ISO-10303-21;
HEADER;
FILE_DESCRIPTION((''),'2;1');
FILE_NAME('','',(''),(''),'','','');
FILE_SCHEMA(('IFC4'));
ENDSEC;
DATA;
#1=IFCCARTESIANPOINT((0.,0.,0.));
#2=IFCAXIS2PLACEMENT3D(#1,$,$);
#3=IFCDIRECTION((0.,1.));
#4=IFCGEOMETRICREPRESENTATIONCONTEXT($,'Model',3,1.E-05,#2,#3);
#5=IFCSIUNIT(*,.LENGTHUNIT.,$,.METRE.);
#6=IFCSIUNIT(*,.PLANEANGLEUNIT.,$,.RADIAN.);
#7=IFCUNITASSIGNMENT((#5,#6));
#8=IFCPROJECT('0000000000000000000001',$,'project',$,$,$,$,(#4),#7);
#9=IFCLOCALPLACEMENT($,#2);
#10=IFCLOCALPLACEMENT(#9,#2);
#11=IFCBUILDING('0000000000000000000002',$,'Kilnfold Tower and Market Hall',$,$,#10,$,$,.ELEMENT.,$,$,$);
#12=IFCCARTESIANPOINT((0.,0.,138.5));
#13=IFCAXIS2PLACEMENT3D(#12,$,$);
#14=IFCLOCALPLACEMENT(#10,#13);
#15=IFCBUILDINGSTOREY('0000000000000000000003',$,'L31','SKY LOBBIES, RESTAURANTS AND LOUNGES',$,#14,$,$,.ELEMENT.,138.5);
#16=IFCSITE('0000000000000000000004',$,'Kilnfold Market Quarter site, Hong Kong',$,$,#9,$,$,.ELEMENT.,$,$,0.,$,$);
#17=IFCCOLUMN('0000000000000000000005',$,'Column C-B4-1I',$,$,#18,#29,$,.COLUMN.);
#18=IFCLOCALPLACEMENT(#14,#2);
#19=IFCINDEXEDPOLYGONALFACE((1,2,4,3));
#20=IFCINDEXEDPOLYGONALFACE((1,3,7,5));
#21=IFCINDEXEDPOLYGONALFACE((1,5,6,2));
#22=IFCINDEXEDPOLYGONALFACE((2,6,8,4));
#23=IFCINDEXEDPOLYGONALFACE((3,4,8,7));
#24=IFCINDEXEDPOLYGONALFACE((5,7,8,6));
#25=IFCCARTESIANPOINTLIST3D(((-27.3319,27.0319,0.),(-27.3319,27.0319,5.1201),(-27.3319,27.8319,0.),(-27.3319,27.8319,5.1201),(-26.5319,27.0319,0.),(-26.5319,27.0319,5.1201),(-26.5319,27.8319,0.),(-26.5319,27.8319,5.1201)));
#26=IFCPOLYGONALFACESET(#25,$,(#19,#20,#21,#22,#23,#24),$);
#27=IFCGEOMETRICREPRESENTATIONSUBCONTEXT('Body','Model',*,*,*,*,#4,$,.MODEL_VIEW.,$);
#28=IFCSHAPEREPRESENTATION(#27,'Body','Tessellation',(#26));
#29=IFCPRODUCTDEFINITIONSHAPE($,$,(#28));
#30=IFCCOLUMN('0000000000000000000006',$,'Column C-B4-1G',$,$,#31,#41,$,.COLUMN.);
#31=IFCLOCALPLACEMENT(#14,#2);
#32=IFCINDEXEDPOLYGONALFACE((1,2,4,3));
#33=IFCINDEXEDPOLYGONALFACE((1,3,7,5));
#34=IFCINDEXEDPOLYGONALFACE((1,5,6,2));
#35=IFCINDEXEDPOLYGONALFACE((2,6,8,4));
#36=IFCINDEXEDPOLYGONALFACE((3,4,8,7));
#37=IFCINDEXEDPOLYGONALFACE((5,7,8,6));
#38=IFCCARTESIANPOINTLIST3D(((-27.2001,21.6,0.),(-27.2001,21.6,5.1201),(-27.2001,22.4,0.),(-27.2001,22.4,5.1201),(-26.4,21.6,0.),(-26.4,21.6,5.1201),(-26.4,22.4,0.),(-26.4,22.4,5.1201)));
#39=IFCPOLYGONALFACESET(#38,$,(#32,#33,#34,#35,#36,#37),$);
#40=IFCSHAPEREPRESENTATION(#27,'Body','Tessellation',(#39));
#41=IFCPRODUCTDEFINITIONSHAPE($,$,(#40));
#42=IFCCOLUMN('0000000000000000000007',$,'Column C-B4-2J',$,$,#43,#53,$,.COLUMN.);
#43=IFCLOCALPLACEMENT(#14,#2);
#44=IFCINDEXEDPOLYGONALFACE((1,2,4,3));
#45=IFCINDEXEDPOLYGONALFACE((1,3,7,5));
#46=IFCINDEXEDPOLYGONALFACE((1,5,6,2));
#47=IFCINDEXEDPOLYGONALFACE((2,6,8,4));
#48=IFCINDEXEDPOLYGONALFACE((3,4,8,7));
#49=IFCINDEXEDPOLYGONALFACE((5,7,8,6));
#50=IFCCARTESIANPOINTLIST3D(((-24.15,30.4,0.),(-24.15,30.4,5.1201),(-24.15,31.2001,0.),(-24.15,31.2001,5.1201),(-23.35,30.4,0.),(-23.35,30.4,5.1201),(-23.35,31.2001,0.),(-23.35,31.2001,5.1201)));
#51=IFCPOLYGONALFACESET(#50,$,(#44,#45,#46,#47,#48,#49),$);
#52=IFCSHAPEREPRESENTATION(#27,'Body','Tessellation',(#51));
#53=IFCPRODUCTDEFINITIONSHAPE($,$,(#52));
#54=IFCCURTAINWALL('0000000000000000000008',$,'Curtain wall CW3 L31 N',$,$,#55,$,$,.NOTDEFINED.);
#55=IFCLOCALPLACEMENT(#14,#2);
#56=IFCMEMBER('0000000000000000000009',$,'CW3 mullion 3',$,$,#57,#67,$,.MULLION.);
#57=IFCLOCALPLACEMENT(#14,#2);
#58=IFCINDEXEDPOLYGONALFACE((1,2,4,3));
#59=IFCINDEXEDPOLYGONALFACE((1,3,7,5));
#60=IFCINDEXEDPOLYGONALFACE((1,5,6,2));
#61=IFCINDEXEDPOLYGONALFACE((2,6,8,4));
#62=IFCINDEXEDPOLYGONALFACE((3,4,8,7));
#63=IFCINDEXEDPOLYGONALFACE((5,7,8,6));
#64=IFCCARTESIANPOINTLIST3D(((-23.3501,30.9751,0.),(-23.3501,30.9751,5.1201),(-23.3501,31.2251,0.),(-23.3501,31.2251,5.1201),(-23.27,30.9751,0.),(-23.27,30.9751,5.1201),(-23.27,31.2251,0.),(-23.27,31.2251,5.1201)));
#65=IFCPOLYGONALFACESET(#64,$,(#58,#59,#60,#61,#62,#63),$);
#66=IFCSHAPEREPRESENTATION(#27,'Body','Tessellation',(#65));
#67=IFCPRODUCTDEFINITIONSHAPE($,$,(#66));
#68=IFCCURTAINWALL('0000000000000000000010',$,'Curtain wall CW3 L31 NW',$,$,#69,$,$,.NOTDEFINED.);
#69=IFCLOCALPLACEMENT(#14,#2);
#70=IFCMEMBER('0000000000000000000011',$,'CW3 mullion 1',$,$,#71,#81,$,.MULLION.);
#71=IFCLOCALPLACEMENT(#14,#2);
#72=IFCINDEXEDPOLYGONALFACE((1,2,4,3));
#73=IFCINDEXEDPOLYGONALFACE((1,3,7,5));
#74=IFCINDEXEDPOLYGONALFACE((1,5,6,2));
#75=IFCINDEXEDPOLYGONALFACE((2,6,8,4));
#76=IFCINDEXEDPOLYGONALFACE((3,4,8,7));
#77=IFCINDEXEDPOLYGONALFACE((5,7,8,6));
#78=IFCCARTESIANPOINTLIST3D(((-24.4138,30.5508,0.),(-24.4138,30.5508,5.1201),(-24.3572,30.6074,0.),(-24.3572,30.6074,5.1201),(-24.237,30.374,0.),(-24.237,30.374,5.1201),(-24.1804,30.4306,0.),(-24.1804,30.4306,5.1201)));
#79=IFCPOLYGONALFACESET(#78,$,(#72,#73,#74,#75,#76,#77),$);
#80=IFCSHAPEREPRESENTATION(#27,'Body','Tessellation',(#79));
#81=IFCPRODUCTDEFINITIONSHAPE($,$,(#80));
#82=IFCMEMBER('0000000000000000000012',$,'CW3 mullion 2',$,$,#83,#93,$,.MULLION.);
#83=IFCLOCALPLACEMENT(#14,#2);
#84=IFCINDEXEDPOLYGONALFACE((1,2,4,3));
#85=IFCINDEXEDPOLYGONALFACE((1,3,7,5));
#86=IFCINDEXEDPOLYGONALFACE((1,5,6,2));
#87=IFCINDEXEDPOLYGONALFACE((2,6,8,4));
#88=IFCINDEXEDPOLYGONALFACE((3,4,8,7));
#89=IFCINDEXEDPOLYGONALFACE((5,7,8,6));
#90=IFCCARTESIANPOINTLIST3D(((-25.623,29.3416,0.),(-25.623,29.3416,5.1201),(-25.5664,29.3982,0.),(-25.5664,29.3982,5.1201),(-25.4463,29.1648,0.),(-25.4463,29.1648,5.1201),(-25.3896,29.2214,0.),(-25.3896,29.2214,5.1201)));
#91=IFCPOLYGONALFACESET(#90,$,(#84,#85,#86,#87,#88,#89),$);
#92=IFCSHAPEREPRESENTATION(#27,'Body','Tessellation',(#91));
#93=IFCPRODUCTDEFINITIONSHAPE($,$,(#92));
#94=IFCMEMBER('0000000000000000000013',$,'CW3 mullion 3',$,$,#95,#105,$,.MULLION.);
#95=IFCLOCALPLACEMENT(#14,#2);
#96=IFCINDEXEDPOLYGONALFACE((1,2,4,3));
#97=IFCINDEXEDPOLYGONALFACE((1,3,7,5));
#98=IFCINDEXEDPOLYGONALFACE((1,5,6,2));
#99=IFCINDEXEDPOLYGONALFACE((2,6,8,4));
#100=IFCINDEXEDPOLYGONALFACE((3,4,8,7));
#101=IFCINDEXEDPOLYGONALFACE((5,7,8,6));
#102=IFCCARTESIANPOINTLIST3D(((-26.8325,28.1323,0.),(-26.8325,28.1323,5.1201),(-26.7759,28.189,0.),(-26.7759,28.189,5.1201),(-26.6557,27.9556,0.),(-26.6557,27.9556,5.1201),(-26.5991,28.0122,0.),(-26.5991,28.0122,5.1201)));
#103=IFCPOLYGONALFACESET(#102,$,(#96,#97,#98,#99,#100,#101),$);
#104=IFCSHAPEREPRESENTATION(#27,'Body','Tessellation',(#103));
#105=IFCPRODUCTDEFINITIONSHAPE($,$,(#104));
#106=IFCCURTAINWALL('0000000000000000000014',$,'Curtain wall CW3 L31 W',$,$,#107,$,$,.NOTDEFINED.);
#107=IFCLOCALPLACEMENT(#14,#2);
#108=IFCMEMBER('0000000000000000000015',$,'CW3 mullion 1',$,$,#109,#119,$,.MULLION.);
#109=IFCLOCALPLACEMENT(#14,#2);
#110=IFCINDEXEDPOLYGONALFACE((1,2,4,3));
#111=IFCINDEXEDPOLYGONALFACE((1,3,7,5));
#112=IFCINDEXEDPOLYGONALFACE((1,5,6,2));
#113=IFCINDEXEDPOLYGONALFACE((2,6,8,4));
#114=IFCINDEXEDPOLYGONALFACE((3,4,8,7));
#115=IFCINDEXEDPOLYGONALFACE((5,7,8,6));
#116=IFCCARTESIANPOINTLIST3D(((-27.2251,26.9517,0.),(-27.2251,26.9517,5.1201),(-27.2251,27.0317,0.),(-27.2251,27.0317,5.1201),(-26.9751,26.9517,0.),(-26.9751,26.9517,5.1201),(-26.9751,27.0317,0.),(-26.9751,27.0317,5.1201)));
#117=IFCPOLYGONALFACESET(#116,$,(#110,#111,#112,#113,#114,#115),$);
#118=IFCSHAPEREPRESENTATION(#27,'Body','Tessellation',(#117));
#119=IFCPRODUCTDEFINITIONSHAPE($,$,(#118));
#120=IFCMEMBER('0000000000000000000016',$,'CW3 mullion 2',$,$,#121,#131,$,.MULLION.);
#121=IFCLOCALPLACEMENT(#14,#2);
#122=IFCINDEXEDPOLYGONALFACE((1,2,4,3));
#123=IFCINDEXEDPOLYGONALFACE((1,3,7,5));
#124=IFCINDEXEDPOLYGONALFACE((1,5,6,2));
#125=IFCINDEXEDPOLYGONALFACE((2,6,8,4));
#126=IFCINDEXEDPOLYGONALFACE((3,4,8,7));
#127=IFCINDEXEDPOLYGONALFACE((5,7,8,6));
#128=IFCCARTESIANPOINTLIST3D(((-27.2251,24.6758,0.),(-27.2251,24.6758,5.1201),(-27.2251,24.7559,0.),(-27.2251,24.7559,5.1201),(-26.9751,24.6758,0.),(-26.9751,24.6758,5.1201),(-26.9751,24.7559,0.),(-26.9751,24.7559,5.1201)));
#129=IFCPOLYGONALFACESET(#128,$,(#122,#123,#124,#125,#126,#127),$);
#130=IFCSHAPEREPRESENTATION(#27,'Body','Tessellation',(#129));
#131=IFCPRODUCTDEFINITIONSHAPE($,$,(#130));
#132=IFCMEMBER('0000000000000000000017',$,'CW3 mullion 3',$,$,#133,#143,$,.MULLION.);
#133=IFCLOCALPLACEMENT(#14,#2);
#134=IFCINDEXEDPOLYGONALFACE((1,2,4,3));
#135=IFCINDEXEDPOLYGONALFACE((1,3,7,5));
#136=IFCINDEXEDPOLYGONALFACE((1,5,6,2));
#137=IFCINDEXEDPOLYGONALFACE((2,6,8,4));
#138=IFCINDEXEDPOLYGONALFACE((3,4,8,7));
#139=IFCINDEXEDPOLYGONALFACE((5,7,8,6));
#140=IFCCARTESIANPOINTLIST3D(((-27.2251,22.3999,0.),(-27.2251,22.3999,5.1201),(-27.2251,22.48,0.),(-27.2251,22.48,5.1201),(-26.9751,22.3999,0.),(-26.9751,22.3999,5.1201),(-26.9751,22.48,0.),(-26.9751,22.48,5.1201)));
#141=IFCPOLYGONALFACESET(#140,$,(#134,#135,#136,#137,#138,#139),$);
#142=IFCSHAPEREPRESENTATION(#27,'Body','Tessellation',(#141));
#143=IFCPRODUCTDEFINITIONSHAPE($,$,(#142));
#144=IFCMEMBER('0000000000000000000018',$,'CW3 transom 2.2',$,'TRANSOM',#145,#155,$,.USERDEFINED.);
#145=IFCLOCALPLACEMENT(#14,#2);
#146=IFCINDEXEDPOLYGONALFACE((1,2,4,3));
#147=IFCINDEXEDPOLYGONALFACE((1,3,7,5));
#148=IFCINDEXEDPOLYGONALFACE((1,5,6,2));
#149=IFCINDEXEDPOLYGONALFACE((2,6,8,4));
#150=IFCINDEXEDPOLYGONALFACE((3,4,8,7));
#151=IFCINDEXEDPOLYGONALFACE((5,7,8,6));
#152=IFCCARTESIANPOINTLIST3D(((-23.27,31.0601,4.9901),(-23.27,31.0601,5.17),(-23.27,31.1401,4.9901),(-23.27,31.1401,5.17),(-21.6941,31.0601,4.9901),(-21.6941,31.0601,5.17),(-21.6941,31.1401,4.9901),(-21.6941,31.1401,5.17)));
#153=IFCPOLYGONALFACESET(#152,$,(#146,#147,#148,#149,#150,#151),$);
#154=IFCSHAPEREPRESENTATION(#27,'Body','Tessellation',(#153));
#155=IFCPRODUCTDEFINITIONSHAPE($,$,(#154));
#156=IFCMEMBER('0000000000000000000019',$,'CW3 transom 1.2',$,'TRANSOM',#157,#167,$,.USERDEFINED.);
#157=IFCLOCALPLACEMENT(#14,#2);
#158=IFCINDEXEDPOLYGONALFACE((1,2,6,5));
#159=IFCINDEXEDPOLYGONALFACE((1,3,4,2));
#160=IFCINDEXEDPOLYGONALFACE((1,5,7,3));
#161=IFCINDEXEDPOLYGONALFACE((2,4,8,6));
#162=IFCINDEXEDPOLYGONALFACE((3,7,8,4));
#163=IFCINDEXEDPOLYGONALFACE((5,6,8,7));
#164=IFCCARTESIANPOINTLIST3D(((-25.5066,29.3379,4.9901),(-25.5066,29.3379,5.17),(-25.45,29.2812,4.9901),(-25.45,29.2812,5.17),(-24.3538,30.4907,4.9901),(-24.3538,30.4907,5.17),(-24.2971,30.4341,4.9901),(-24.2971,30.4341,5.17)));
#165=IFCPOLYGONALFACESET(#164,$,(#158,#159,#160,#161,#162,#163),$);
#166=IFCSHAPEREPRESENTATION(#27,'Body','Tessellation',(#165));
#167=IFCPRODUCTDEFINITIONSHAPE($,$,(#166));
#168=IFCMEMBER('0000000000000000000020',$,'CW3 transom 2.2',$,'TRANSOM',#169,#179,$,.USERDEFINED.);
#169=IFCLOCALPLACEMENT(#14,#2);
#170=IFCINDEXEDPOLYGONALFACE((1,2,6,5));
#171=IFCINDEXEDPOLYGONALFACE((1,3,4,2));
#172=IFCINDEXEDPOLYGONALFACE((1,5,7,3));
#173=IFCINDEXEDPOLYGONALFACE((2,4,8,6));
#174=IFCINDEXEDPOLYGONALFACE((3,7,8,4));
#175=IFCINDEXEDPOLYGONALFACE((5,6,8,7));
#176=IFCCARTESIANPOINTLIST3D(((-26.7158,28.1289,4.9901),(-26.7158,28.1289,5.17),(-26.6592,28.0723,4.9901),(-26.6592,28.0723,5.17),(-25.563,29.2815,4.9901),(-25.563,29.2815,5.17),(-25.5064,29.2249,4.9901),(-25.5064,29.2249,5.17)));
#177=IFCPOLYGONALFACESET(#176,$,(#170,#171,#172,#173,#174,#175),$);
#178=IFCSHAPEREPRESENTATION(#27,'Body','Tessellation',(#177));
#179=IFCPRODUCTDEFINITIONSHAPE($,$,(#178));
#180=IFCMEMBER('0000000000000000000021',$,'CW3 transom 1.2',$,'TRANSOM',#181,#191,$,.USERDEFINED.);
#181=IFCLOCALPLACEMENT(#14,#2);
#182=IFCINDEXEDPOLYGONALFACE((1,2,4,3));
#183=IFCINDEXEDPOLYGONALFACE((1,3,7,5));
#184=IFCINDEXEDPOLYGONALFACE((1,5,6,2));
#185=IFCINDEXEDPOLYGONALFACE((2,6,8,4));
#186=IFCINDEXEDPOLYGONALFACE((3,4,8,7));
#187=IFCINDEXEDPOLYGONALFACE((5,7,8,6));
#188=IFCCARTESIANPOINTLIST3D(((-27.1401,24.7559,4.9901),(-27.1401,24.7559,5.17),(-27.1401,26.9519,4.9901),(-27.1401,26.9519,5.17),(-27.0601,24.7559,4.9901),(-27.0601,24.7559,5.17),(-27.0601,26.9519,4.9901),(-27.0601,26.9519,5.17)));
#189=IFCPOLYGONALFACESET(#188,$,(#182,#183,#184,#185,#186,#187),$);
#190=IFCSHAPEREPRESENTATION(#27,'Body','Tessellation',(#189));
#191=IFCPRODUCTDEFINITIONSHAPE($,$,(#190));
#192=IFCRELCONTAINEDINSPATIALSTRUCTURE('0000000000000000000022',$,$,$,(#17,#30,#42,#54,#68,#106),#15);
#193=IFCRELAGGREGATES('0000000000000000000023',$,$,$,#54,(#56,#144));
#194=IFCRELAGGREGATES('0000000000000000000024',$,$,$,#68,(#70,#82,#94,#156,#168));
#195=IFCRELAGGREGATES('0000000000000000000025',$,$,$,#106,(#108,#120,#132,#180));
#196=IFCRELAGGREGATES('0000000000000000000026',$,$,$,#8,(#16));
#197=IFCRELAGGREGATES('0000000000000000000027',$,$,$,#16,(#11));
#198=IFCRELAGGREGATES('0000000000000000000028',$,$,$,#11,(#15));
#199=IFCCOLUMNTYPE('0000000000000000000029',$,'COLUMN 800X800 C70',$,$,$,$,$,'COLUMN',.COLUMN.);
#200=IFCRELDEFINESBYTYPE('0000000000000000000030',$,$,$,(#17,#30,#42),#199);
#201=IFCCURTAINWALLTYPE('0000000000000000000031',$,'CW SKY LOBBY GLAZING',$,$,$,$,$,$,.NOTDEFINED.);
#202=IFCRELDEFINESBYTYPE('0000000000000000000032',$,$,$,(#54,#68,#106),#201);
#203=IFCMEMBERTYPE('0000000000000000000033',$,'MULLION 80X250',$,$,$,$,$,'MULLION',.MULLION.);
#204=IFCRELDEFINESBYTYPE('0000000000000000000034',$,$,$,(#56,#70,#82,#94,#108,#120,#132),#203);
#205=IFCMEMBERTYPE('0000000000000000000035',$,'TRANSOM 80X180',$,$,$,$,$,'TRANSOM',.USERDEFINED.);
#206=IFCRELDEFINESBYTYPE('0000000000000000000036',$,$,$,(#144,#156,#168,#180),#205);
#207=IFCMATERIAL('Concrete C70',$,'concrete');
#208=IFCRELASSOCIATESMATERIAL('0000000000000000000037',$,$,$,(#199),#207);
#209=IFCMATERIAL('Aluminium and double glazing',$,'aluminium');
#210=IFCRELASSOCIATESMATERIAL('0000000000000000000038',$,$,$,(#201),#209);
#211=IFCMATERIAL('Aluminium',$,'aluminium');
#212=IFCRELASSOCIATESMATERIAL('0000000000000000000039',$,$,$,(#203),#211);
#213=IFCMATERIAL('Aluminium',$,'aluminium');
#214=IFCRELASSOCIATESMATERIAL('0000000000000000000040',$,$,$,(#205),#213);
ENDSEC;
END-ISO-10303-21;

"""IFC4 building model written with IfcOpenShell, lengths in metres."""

from ifc_helpers import new_model, si_unit, direction, frame, origin, origin_2d, place, context, subcontext, project, spatial, rectangle, extrude, source, transform, mapped, material, material_profile, profile_set, type_object, element, aggregate, save


model = new_model("IFC4")

# Units and contexts
model_context = context("Model", 3, precision=1e-05, world=origin(), true_north=direction((0.0, 1.0)))
body_context = subcontext(model_context, "Body", "Model", "MODEL_VIEW")
ifc_project = project(units=[si_unit("LENGTHUNIT", "METRE"), si_unit("PLANEANGLEUNIT", "RADIAN")], contexts=[model_context])

# Site, building, storey
site_placement = place(None, origin())
site = spatial("IfcSite", under=ifc_project, at=site_placement, Name="Kilnfold Market Quarter site, Hong Kong", CompositionType="ELEMENT", RefElevation=0.0)
building_placement = place(site_placement, origin())
building = spatial("IfcBuilding", under=site, at=building_placement, Name="Kilnfold Tower and Market Hall", CompositionType="ELEMENT")
storey_placement = place(building_placement, frame((0.0, 0.0, 138.5)))
storey = spatial("IfcBuildingStorey", under=building, at=storey_placement, Name="L31", Description="SKY LOBBIES, RESTAURANTS AND LOUNGES", CompositionType="ELEMENT", Elevation=138.5)

# Columns
ifc_material_1 = material(Name="Concrete C70", Category="concrete")
ifc_material_profile_1 = material_profile(ifc_material_1, rectangle(XDim=0.8, YDim=0.8, at=origin_2d()), Name="RC 800x800")
ifc_profile_set_1 = profile_set([ifc_material_profile_1], Name="Concrete C70")
column_type = type_object("IfcColumnType", Name="COLUMN 800X800 C70", ElementType="COLUMN", PredefinedType="COLUMN", material=ifc_profile_set_1)
shared_shape_1 = source(origin(), body_context, "Body", "SweptSolid", [
    extrude(rectangle(XDim=0.8, YDim=0.8, at=origin_2d()), origin(), (0.0, 0.0, 1.0), 5.1201),
])
for number, where, z_axis, x_axis, name in (
    (1, (-26.9319, 27.4319, 0.0), (0.0, 0.0, 1.0), (1.0, 0.0, 0.0), "Column C-B4-1I"),
    (2, (-26.8, 22.0, 0.0), (0.0, 0.0, 1.0), (1.0, 0.0, 0.0), "Column C-B4-1G"),
    (3, (-23.75, 30.8, 0.0), (0.0, 0.0, 1.0), (1.0, 0.0, 0.0), "Column C-B4-2J"),
):
    element("IfcColumn", number, at=place(storey_placement, frame(where, z_axis=z_axis, x_axis=x_axis)), inside=storey, type_object=column_type, Name=name, PredefinedType="COLUMN", context=body_context, shape_type="MappedRepresentation", body=[
        mapped(shared_shape_1, transform((0.0, 0.0, 0.0))),
    ])

# Curtain wall, member
ifc_material_2 = material(Name="Aluminium and double glazing", Category="aluminium")
curtain_wall_type = type_object("IfcCurtainWallType", Name="CW SKY LOBBY GLAZING", PredefinedType="NOTDEFINED", material=ifc_material_2)
curtain_wall_1_placement = place(storey_placement, origin())
curtain_wall_1 = element("IfcCurtainWall", 4, at=curtain_wall_1_placement, inside=storey, type_object=curtain_wall_type, Name="Curtain wall CW3 L31 N", PredefinedType="NOTDEFINED")
ifc_material_3 = material(Name="Aluminium", Category="aluminium")
ifc_material_profile_2 = material_profile(ifc_material_3, rectangle(XDim=0.0801, YDim=0.25, at=origin_2d()), Name="MULLION 80x250")
ifc_profile_set_2 = profile_set([ifc_material_profile_2], Name="Aluminium")
member_type_1 = type_object("IfcMemberType", Name="MULLION 80X250", ElementType="MULLION", PredefinedType="MULLION", material=ifc_profile_set_2)
shared_shape_2 = source(origin(), body_context, "Body", "SweptSolid", [
    extrude(rectangle(XDim=0.0801, YDim=0.25, at=origin_2d()), origin(), (0.0, 0.0, 1.0), 5.1201),
])
member_1_placement = place(storey_placement, frame((-23.3101, 31.1001, 0.0), z_axis=(0.0, 0.0, 1.0), x_axis=(-1.0, 0.0, 0.0)))
member_1 = element("IfcMember", 5, at=member_1_placement, type_object=member_type_1, Name="CW3 mullion 3", PredefinedType="MULLION", context=body_context, shape_type="MappedRepresentation", body=[
    mapped(shared_shape_2, transform((0.0, 0.0, 0.0))),
])

# Curtain walls, members
curtain_wall_2_placement = place(storey_placement, origin())
curtain_wall_2 = element("IfcCurtainWall", 6, at=curtain_wall_2_placement, inside=storey, type_object=curtain_wall_type, Name="Curtain wall CW3 L31 NW", PredefinedType="NOTDEFINED")
member_2_placement = place(storey_placement, frame((-24.2971, 30.4907, 0.0), z_axis=(0.0, 0.0, 1.0), x_axis=(-0.707121, -0.707092, 0.0)))
member_2 = element("IfcMember", 7, at=member_2_placement, type_object=member_type_1, Name="CW3 mullion 1", PredefinedType="MULLION", context=body_context, shape_type="MappedRepresentation", body=[
    mapped(shared_shape_2, transform((0.0, 0.0, 0.0))),
])
member_3_placement = place(storey_placement, frame((-25.5063, 29.2815, 0.0), z_axis=(0.0, 0.0, 1.0), x_axis=(-0.707121, -0.707092, 0.0)))
member_3 = element("IfcMember", 8, at=member_3_placement, type_object=member_type_1, Name="CW3 mullion 2", PredefinedType="MULLION", context=body_context, shape_type="MappedRepresentation", body=[
    mapped(shared_shape_2, transform((0.0, 0.0, 0.0))),
])
member_4_placement = place(storey_placement, frame((-26.7158, 28.0723, 0.0), z_axis=(0.0, 0.0, 1.0), x_axis=(-0.707121, -0.707092, 0.0)))
member_4 = element("IfcMember", 9, at=member_4_placement, type_object=member_type_1, Name="CW3 mullion 3", PredefinedType="MULLION", context=body_context, shape_type="MappedRepresentation", body=[
    mapped(shared_shape_2, transform((0.0, 0.0, 0.0))),
])
curtain_wall_3_placement = place(storey_placement, origin())
curtain_wall_3 = element("IfcCurtainWall", 10, at=curtain_wall_3_placement, inside=storey, type_object=curtain_wall_type, Name="Curtain wall CW3 L31 W", PredefinedType="NOTDEFINED")
member_5_placement = place(storey_placement, frame((-27.1001, 26.9917, 0.0), z_axis=(0.0, 0.0, 1.0), x_axis=(0.0, -1.0, 0.0)))
member_5 = element("IfcMember", 11, at=member_5_placement, type_object=member_type_1, Name="CW3 mullion 1", PredefinedType="MULLION", context=body_context, shape_type="MappedRepresentation", body=[
    mapped(shared_shape_2, transform((0.0, 0.0, 0.0))),
])
member_6_placement = place(storey_placement, frame((-27.1001, 24.7158, 0.0), z_axis=(0.0, 0.0, 1.0), x_axis=(0.0, -1.0, 0.0)))
member_6 = element("IfcMember", 12, at=member_6_placement, type_object=member_type_1, Name="CW3 mullion 2", PredefinedType="MULLION", context=body_context, shape_type="MappedRepresentation", body=[
    mapped(shared_shape_2, transform((0.0, 0.0, 0.0))),
])
member_7_placement = place(storey_placement, frame((-27.1001, 22.4399, 0.0), z_axis=(0.0, 0.0, 1.0), x_axis=(0.0, -1.0, 0.0)))
member_7 = element("IfcMember", 13, at=member_7_placement, type_object=member_type_1, Name="CW3 mullion 3", PredefinedType="MULLION", context=body_context, shape_type="MappedRepresentation", body=[
    mapped(shared_shape_2, transform((0.0, 0.0, 0.0))),
])

# Members
ifc_material_4 = material(Name="Aluminium", Category="aluminium")
ifc_material_profile_3 = material_profile(ifc_material_4, rectangle(XDim=0.0801, YDim=0.1799, at=origin_2d()), Name="TRANSOM 80x180")
ifc_profile_set_3 = profile_set([ifc_material_profile_3], Name="Aluminium")
member_type_2 = type_object("IfcMemberType", Name="TRANSOM 80X180", ElementType="TRANSOM", PredefinedType="USERDEFINED", material=ifc_profile_set_3)
shared_shape_3 = source(origin(), body_context, "Body", "SweptSolid", [
    extrude(rectangle(XDim=0.0801, YDim=0.1799, at=origin_2d()), origin(), (0.0, 0.0, 1.0), 1.5759),
])
member_8_placement = place(storey_placement, frame((-21.6941, 31.1001, 5.0801), z_axis=(-1.0, 0.0, 0.0), x_axis=(0.0, -1.0, 0.0)))
member_8 = element("IfcMember", 14, at=member_8_placement, type_object=member_type_2, Name="CW3 transom 2.2", ObjectType="TRANSOM", PredefinedType="USERDEFINED", context=body_context, shape_type="MappedRepresentation", body=[
    mapped(shared_shape_3, transform((0.0, 0.0, 0.0))),
])
shared_shape_4 = source(origin(), body_context, "Body", "SweptSolid", [
    extrude(rectangle(XDim=0.0801, YDim=0.1799, at=origin_2d()), origin(), (0.0, 0.0, 1.0), 1.6304),
])
member_9_placement = place(storey_placement, frame((-24.3254, 30.4624, 5.0801), z_axis=(-0.707107, -0.707107, 0.0), x_axis=(0.707107, -0.707107, 0.0)))
member_9 = element("IfcMember", 15, at=member_9_placement, type_object=member_type_2, Name="CW3 transom 1.2", ObjectType="TRANSOM", PredefinedType="USERDEFINED", context=body_context, shape_type="MappedRepresentation", body=[
    mapped(shared_shape_4, transform((0.0, 0.0, 0.0))),
])
shared_shape_5 = source(origin(), body_context, "Body", "SweptSolid", [
    extrude(rectangle(XDim=0.0801, YDim=0.1799, at=origin_2d()), origin(), (0.0, 0.0, 1.0), 1.6301),
])
member_10_placement = place(storey_placement, frame((-25.5347, 29.2532, 5.0801), z_axis=(-0.707182, -0.707032, 0.0), x_axis=(0.707032, -0.707182, 0.0)))
member_10 = element("IfcMember", 16, at=member_10_placement, type_object=member_type_2, Name="CW3 transom 2.2", ObjectType="TRANSOM", PredefinedType="USERDEFINED", context=body_context, shape_type="MappedRepresentation", body=[
    mapped(shared_shape_5, transform((0.0, 0.0, 0.0))),
])
shared_shape_6 = source(origin(), body_context, "Body", "SweptSolid", [
    extrude(rectangle(XDim=0.0801, YDim=0.1799, at=origin_2d()), origin(), (0.0, 0.0, 1.0), 2.196),
])
member_11_placement = place(storey_placement, frame((-27.1001, 26.9519, 5.0801), z_axis=(0.0, -1.0, 0.0), x_axis=(1.0, 0.0, 0.0)))
member_11 = element("IfcMember", 17, at=member_11_placement, type_object=member_type_2, Name="CW3 transom 1.2", ObjectType="TRANSOM", PredefinedType="USERDEFINED", context=body_context, shape_type="MappedRepresentation", body=[
    mapped(shared_shape_6, transform((0.0, 0.0, 0.0))),
])

aggregate(curtain_wall_1, [member_1, member_8])
aggregate(curtain_wall_2, [member_2, member_3, member_4, member_9, member_10])
aggregate(curtain_wall_3, [member_5, member_6, member_7, member_11])

save(model, "model.ifc")
